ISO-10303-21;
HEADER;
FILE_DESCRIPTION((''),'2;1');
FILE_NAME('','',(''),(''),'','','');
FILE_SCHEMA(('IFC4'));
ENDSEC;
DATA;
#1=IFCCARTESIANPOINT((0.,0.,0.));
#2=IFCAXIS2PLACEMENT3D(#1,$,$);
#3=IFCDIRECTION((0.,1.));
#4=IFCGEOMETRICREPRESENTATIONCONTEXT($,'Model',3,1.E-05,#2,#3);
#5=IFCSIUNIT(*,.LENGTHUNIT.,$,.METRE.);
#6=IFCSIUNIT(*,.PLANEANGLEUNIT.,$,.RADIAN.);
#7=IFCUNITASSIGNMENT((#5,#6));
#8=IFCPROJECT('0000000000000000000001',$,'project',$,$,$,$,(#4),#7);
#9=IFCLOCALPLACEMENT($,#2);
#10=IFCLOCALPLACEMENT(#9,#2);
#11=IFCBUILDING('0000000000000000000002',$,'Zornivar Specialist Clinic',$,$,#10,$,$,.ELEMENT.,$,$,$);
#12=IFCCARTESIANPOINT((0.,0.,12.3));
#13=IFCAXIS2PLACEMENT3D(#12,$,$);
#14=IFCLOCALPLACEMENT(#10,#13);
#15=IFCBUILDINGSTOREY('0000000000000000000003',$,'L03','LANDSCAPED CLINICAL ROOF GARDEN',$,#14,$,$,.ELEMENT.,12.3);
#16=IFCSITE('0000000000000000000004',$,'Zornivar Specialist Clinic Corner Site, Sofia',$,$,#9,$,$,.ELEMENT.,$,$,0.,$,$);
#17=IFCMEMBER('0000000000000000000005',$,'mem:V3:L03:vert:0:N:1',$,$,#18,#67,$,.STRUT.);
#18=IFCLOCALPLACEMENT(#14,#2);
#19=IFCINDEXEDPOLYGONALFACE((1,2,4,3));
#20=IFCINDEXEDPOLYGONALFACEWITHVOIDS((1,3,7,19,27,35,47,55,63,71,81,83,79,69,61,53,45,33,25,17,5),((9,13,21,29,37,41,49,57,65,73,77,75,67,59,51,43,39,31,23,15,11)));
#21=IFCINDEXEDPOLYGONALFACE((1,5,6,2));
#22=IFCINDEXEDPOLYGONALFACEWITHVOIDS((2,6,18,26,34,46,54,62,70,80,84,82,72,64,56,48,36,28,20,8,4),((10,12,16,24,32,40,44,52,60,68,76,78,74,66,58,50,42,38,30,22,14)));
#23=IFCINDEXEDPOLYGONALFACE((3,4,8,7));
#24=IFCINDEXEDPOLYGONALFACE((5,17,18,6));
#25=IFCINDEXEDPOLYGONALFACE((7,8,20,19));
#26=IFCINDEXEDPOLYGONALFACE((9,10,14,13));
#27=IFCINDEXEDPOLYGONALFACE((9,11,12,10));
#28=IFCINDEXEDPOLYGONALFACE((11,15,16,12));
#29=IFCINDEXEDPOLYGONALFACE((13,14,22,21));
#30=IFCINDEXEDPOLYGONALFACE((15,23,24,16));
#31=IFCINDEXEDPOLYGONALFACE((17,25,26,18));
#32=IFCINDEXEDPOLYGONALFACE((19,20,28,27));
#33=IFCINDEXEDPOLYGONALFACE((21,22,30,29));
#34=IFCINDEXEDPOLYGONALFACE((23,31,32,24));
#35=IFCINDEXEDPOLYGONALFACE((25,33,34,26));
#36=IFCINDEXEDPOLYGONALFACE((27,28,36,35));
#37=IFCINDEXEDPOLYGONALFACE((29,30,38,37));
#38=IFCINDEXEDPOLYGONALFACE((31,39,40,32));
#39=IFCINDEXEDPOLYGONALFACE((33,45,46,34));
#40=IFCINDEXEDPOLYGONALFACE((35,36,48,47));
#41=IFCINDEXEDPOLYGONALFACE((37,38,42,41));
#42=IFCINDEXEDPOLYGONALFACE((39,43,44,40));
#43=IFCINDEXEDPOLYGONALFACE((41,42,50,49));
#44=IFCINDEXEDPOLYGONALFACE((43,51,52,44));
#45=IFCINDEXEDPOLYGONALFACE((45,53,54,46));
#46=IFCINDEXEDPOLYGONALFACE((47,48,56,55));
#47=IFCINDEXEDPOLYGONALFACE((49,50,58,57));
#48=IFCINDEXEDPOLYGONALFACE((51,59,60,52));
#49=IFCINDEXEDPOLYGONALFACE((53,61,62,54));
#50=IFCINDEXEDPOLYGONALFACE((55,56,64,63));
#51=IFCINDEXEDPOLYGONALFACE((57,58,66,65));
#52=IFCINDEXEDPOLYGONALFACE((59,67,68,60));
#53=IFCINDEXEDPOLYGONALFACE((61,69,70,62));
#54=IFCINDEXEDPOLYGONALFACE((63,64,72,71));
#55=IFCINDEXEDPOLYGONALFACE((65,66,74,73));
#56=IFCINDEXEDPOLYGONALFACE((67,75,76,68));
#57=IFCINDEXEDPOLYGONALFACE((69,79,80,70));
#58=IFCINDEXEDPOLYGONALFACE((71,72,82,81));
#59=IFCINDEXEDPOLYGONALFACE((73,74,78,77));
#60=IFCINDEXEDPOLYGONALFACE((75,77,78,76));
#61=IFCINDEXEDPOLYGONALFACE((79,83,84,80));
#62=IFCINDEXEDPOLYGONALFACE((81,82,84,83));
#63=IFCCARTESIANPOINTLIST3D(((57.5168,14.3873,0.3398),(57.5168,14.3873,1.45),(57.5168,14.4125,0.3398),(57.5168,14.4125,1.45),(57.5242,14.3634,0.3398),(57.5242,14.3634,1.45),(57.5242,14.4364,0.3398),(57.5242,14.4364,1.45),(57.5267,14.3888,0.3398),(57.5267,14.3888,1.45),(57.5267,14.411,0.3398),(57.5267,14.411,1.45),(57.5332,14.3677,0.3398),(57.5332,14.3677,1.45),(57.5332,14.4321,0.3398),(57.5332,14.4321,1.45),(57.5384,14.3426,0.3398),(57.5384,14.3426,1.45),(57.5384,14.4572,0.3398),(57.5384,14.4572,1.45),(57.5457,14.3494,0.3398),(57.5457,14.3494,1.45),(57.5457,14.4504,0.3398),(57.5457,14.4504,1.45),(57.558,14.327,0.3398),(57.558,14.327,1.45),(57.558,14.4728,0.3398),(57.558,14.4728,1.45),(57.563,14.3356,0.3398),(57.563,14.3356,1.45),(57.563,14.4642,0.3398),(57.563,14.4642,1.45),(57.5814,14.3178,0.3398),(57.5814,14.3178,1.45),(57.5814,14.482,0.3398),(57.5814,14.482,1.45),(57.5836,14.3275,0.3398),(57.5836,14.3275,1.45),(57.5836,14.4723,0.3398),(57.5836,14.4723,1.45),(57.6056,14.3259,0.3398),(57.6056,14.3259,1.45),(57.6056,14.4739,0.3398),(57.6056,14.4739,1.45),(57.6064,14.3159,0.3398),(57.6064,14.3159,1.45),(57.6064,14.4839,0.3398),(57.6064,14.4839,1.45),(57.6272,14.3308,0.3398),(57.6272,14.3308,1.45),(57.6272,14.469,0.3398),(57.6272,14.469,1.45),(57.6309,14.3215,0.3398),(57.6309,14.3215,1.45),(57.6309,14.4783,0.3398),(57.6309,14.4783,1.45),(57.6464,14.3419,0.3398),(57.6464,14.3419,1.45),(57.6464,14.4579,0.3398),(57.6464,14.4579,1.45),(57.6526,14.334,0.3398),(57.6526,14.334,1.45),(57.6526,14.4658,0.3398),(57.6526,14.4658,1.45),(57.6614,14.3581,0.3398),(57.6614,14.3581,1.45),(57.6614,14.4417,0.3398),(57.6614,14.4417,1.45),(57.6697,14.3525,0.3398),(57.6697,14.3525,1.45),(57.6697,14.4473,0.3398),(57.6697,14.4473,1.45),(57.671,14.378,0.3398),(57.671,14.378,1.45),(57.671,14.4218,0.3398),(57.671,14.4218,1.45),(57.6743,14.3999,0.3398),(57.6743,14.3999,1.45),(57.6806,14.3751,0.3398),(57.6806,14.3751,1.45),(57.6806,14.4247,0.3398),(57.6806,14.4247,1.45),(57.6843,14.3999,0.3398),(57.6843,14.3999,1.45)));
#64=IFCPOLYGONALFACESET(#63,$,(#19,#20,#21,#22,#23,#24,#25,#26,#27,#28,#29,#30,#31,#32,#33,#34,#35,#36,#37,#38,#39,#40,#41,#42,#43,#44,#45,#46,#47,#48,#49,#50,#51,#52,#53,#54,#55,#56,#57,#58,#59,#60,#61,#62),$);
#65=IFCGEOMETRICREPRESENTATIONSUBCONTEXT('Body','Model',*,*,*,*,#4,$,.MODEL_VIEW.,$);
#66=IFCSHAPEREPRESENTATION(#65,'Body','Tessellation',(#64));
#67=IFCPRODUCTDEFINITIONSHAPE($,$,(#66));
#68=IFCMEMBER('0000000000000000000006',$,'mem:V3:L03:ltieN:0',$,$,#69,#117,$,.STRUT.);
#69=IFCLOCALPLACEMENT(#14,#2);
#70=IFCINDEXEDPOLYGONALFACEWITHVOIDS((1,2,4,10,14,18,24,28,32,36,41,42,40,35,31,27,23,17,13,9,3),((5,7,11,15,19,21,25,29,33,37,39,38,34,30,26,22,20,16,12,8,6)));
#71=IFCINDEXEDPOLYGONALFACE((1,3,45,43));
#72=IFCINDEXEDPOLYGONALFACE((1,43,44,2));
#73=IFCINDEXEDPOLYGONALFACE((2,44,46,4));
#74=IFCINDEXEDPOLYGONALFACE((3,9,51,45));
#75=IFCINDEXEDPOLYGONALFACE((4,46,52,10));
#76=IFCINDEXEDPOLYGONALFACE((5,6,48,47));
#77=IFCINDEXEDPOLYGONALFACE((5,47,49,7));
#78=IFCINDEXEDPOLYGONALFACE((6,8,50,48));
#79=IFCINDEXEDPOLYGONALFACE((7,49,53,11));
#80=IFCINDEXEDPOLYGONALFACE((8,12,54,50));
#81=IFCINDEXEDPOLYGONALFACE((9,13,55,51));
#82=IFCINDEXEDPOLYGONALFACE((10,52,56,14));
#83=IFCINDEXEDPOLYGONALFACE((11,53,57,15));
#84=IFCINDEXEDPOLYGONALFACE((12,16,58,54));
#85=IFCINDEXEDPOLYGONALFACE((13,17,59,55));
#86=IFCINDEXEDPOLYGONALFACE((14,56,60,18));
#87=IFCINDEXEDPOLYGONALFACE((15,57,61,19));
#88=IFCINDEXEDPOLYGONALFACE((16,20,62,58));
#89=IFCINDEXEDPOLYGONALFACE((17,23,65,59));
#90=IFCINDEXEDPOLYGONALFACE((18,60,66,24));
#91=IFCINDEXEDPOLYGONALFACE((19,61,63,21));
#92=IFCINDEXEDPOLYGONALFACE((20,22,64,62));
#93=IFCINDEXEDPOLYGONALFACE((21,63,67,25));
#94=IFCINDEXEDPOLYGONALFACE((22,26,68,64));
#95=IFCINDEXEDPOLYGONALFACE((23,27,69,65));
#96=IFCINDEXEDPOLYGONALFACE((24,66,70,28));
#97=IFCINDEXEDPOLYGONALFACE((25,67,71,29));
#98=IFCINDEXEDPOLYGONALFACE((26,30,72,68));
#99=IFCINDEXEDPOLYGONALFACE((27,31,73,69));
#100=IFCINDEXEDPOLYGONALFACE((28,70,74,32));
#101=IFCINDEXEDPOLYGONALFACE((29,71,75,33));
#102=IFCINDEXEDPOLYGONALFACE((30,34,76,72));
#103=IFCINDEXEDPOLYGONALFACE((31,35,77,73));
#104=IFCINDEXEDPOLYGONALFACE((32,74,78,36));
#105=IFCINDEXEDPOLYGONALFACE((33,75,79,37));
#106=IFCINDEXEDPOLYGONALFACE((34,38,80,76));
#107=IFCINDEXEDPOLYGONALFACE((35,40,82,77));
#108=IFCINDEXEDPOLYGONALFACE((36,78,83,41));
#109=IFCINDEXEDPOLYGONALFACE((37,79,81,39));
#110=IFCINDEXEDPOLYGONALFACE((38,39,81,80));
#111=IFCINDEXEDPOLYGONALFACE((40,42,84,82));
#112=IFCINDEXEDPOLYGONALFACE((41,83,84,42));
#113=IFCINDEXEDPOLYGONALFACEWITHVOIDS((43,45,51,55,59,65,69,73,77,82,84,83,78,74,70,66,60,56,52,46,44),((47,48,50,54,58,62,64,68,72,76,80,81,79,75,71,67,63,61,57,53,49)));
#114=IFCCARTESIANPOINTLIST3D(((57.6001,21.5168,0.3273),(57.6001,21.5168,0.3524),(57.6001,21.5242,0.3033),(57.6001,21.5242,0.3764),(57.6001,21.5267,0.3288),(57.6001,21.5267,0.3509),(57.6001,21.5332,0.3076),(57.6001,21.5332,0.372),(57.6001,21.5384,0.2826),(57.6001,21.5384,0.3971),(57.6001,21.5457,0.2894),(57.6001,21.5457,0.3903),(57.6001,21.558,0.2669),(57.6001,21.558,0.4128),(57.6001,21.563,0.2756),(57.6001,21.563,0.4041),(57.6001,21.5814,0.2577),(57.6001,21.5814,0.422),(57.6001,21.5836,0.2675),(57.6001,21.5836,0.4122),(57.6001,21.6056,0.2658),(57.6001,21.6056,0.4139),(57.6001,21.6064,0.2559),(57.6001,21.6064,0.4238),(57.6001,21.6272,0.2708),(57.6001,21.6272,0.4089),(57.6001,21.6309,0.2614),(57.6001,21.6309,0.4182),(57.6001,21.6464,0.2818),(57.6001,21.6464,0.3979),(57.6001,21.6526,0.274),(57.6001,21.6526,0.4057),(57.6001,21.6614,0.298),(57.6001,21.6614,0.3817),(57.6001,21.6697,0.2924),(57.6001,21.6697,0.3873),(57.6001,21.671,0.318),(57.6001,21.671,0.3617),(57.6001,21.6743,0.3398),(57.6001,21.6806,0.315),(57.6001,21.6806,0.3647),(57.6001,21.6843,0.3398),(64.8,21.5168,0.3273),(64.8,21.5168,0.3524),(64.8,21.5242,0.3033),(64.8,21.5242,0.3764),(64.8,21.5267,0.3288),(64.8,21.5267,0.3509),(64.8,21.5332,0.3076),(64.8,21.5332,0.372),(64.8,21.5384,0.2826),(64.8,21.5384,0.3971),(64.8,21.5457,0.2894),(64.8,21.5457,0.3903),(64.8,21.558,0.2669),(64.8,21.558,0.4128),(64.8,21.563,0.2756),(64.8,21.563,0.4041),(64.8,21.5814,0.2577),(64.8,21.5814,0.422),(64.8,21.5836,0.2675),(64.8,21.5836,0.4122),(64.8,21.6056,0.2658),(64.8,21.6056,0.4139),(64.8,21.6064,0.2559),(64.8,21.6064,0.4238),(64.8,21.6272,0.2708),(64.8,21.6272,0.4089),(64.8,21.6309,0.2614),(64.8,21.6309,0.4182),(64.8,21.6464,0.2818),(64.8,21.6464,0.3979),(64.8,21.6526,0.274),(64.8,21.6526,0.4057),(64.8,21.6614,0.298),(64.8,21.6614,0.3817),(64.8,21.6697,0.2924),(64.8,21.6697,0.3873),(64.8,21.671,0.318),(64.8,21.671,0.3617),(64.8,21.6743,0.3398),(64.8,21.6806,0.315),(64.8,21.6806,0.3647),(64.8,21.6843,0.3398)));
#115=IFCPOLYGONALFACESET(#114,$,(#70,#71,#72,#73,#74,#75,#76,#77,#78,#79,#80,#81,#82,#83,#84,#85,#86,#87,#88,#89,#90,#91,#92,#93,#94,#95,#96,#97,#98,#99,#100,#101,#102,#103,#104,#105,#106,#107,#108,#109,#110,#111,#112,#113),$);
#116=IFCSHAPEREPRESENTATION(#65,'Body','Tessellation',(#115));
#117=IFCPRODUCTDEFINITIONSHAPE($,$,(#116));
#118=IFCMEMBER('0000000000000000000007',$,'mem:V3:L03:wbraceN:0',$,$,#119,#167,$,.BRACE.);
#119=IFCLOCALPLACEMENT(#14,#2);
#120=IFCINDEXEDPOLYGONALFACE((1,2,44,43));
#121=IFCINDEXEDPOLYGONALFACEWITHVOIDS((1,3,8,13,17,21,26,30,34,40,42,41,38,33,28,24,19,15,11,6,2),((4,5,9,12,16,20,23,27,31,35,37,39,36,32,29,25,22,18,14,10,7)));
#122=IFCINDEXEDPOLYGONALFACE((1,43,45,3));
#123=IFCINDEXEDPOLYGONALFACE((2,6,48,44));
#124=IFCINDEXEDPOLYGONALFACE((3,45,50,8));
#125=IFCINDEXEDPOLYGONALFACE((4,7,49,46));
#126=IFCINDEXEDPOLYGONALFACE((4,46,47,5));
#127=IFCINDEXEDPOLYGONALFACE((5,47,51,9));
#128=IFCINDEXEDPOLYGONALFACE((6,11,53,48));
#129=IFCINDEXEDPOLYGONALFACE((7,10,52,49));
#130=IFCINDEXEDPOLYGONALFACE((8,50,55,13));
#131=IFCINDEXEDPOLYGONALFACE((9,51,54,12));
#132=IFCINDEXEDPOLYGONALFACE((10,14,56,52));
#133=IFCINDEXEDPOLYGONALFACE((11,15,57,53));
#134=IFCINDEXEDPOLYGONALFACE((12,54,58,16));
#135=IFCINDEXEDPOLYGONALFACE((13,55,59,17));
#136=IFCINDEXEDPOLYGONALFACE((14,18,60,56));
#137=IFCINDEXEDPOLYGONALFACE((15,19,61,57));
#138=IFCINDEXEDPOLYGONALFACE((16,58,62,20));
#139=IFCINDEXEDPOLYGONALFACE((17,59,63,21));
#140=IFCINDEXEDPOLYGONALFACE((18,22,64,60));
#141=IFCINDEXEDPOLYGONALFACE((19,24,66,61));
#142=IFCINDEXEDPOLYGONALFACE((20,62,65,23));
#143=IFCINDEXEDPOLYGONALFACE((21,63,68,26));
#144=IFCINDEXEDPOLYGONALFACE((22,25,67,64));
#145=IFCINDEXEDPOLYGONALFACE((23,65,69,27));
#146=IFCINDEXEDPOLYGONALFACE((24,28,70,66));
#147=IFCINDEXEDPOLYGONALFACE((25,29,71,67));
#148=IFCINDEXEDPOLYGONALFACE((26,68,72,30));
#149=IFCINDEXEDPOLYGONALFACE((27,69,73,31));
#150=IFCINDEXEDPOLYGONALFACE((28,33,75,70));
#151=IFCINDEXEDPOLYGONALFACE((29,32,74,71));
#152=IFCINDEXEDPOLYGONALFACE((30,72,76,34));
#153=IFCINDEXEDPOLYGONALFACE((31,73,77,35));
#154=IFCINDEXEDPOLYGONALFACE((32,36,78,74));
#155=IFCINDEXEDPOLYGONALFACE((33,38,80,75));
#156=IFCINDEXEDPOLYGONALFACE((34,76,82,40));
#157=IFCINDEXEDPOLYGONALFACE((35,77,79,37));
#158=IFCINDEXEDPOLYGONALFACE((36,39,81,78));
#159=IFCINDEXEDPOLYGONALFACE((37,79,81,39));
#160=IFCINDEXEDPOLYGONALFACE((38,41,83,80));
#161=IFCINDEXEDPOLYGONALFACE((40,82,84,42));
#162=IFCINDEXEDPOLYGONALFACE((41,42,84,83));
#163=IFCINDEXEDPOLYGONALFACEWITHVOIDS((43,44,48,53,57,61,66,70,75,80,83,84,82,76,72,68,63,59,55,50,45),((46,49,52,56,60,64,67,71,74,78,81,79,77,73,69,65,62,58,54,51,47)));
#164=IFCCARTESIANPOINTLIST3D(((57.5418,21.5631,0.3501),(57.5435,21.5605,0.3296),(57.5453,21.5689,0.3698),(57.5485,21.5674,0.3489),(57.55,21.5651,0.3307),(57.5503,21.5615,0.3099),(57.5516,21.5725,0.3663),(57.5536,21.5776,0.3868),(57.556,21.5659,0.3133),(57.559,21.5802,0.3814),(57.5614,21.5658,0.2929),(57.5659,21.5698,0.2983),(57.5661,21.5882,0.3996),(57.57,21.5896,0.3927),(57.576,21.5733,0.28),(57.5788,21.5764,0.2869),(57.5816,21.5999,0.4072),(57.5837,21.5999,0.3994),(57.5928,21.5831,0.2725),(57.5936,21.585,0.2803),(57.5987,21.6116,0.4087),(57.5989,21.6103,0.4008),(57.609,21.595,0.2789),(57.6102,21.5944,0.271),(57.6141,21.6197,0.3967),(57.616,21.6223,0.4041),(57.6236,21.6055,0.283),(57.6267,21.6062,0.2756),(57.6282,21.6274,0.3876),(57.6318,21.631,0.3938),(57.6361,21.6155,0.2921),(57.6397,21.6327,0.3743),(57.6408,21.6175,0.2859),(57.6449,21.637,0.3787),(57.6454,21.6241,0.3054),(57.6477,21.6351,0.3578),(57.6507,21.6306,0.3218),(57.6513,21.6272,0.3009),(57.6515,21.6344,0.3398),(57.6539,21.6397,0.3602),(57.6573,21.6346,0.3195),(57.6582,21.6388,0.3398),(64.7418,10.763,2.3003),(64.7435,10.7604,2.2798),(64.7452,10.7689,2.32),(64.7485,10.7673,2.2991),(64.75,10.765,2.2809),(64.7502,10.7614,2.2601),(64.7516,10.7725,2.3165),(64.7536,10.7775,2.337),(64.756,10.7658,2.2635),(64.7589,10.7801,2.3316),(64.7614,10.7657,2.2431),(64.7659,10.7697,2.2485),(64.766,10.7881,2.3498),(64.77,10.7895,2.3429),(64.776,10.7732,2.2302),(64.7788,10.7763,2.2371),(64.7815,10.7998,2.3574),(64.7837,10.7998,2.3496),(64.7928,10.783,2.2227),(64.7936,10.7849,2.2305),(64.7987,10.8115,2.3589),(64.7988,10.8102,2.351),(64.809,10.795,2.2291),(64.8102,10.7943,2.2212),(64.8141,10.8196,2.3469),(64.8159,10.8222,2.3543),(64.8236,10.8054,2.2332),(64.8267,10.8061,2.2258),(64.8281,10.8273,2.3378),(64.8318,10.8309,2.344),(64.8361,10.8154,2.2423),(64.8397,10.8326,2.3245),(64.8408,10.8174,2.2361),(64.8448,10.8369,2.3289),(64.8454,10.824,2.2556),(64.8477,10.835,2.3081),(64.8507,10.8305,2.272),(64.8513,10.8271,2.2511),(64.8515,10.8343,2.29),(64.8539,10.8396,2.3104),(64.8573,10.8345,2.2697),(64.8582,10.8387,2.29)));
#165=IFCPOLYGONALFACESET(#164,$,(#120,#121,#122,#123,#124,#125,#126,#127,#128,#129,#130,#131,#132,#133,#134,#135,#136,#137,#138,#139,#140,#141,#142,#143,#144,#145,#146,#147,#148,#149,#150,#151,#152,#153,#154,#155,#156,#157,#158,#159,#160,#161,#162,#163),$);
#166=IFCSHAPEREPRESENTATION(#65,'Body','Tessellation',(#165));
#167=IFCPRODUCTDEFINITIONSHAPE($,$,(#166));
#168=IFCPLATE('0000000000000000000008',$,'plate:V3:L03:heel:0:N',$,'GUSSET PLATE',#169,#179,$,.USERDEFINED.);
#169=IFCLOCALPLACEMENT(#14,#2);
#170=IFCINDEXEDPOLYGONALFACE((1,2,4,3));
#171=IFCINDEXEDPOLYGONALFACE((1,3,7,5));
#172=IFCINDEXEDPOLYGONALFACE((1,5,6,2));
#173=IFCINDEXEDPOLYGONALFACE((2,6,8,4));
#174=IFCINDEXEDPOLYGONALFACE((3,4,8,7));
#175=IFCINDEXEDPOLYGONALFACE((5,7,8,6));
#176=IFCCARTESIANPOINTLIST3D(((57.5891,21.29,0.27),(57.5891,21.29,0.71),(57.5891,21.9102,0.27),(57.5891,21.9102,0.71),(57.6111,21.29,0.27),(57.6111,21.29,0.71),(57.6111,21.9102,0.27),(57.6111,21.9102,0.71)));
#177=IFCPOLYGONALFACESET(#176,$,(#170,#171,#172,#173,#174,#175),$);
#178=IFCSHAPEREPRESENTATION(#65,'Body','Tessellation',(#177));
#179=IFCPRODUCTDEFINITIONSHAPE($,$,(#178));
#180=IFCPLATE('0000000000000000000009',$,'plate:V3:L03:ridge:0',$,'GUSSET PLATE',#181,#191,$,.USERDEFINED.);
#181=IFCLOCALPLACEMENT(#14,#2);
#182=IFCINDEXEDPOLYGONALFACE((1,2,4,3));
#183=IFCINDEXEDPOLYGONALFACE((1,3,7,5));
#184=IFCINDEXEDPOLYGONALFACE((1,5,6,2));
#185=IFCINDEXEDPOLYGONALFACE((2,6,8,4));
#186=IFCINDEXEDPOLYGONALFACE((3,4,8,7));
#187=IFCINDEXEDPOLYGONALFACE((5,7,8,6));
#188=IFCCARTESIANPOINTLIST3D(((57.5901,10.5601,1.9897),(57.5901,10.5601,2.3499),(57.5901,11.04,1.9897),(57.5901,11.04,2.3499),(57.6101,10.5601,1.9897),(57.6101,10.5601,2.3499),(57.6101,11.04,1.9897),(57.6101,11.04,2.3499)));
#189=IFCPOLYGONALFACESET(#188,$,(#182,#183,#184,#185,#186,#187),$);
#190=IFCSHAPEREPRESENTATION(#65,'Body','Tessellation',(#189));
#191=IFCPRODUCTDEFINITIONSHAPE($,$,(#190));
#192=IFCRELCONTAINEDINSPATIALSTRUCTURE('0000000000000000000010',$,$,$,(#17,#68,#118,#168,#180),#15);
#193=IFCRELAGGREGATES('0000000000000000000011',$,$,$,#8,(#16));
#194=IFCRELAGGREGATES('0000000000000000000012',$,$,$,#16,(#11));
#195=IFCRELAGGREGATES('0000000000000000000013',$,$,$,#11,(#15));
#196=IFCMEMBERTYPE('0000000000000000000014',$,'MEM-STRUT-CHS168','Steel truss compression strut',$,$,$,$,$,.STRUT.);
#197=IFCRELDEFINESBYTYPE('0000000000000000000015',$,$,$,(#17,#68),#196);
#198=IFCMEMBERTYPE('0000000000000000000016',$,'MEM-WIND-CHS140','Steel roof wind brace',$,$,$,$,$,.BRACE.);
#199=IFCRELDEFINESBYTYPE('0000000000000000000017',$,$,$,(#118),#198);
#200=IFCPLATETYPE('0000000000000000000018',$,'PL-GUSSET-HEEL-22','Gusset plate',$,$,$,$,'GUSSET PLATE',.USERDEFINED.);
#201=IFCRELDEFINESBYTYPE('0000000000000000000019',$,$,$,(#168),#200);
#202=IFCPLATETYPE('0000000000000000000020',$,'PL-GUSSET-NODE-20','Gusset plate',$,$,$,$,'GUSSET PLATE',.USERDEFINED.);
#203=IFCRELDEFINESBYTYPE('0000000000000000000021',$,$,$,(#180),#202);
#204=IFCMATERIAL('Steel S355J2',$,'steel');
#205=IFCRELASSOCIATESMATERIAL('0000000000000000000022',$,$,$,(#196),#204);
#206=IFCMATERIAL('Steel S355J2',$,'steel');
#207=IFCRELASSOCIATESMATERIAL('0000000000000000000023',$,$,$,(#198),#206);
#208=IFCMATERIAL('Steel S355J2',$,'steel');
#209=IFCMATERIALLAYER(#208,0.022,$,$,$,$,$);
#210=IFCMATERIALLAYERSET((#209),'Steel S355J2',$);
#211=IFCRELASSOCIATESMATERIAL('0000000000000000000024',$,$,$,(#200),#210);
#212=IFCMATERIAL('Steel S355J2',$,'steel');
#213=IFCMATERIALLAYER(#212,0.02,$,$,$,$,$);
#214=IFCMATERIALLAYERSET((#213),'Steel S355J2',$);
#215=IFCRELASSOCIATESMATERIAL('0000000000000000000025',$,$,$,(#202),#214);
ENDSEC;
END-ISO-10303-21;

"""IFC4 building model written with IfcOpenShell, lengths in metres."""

from ifc_helpers import new_model, si_unit, direction, frame, origin, origin_2d, place, context, subcontext, project, spatial, rectangle, hollow_circle, extrude, material, layer, layer_set, material_profile, profile_set, type_object, element, save


model = new_model("IFC4")

# Units and contexts
model_context = context("Model", 3, precision=1e-05, world=origin(), true_north=direction((0.0, 1.0)))
body_context = subcontext(model_context, "Body", "Model", "MODEL_VIEW")
ifc_project = project(units=[si_unit("LENGTHUNIT", "METRE"), si_unit("PLANEANGLEUNIT", "RADIAN")], contexts=[model_context])

# Site, building, storey
site_placement = place(None, origin())
site = spatial("IfcSite", under=ifc_project, at=site_placement, Name="Zornivar Specialist Clinic Corner Site, Sofia", CompositionType="ELEMENT", RefElevation=0.0)
building_placement = place(site_placement, origin())
building = spatial("IfcBuilding", under=site, at=building_placement, Name="Zornivar Specialist Clinic", CompositionType="ELEMENT")
storey_placement = place(building_placement, frame((0.0, 0.0, 12.3)))
storey = spatial("IfcBuildingStorey", under=building, at=storey_placement, Name="L03", Description="LANDSCAPED CLINICAL ROOF GARDEN", CompositionType="ELEMENT", Elevation=12.3)

# Members
ifc_material_1 = material(Name="Steel S355J2", Category="steel")
ifc_material_profile_1 = material_profile(ifc_material_1, hollow_circle(Radius=0.0842, WallThickness=0.01, at=origin_2d()), Name="CHS 168.3x10")
ifc_profile_set_1 = profile_set([ifc_material_profile_1], Name="Steel S355J2")
member_type_1 = type_object("IfcMemberType", Name="MEM-STRUT-CHS168", Description="Steel truss compression strut", PredefinedType="STRUT", material=ifc_profile_set_1)
member_1_placement = place(storey_placement, frame((57.6001, 14.3999, 0.3398), z_axis=(0.0, 0.0, 1.0), x_axis=(1.0, 0.0, 0.0)))
element("IfcMember", 1, at=member_1_placement, inside=storey, type_object=member_type_1, Name="mem:V3:L03:vert:0:N:1", PredefinedType="STRUT", context=body_context, shape_type="SweptSolid", body=[
    extrude(hollow_circle(Radius=0.0842, WallThickness=0.01, at=origin_2d()), origin(), (0.0, 0.0, 1.0), 1.1101),
])
member_2_placement = place(storey_placement, frame((57.6001, 21.6001, 0.3398), z_axis=(1.0, 0.0, 0.0), x_axis=(0.0, 1.0, 0.0)))
element("IfcMember", 2, at=member_2_placement, inside=storey, type_object=member_type_1, Name="mem:V3:L03:ltieN:0", PredefinedType="STRUT", context=body_context, shape_type="SweptSolid", body=[
    extrude(hollow_circle(Radius=0.0842, WallThickness=0.01, at=origin_2d()), origin(), (0.0, 0.0, 1.0), 7.2),
])
ifc_material_2 = material(Name="Steel S355J2", Category="steel")
ifc_material_profile_2 = material_profile(ifc_material_2, hollow_circle(Radius=0.0698, WallThickness=0.0081, at=origin_2d()), Name="CHS 139.7x8")
ifc_profile_set_2 = profile_set([ifc_material_profile_2], Name="Steel S355J2")
member_type_2 = type_object("IfcMemberType", Name="MEM-WIND-CHS140", Description="Steel roof wind brace", PredefinedType="BRACE", material=ifc_profile_set_2)
member_3_placement = place(storey_placement, frame((57.6001, 21.6001, 0.3398), z_axis=(0.548539, -0.822818, 0.148579), x_axis=(0.832053, 0.554696, 0.0)))
element("IfcMember", 3, at=member_3_placement, inside=storey, type_object=member_type_2, Name="mem:V3:L03:wbraceN:0", PredefinedType="BRACE", context=body_context, shape_type="SweptSolid", body=[
    extrude(hollow_circle(Radius=0.0698, WallThickness=0.0081, at=origin_2d()), origin(), (0.0, 0.0, 1.0), 13.1257),
])

# Plates
ifc_material_3 = material(Name="Steel S355J2", Category="steel")
ifc_layer_1 = layer(ifc_material_3, 0.022)
ifc_layer_set_1 = layer_set([ifc_layer_1], Name="Steel S355J2")
plate_type_1 = type_object("IfcPlateType", Name="PL-GUSSET-HEEL-22", Description="Gusset plate", ElementType="GUSSET PLATE", PredefinedType="USERDEFINED", material=ifc_layer_set_1)
plate_1_placement = place(storey_placement, frame((57.6001, 21.6001, 0.27), z_axis=(0.0, 0.0, 1.0), x_axis=(1.0, 0.0, 0.0)))
element("IfcPlate", 4, at=plate_1_placement, inside=storey, type_object=plate_type_1, Name="plate:V3:L03:heel:0:N", ObjectType="GUSSET PLATE", PredefinedType="USERDEFINED", context=body_context, shape_type="SweptSolid", body=[
    extrude(rectangle(XDim=0.022, YDim=0.6201, at=origin_2d()), origin(), (0.0, 0.0, 1.0), 0.4399),
])
ifc_material_4 = material(Name="Steel S355J2", Category="steel")
ifc_layer_2 = layer(ifc_material_4, 0.02)
ifc_layer_set_2 = layer_set([ifc_layer_2], Name="Steel S355J2")
plate_type_2 = type_object("IfcPlateType", Name="PL-GUSSET-NODE-20", Description="Gusset plate", ElementType="GUSSET PLATE", PredefinedType="USERDEFINED", material=ifc_layer_set_2)
plate_2_placement = place(storey_placement, frame((57.6001, 10.8, 1.9897), z_axis=(0.0, 0.0, 1.0), x_axis=(1.0, 0.0, 0.0)))
element("IfcPlate", 5, at=plate_2_placement, inside=storey, type_object=plate_type_2, Name="plate:V3:L03:ridge:0", ObjectType="GUSSET PLATE", PredefinedType="USERDEFINED", context=body_context, shape_type="SweptSolid", body=[
    extrude(rectangle(XDim=0.02, YDim=0.48, at=origin_2d()), origin(), (0.0, 0.0, 1.0), 0.3601),
])

save(model, "model.ifc")
